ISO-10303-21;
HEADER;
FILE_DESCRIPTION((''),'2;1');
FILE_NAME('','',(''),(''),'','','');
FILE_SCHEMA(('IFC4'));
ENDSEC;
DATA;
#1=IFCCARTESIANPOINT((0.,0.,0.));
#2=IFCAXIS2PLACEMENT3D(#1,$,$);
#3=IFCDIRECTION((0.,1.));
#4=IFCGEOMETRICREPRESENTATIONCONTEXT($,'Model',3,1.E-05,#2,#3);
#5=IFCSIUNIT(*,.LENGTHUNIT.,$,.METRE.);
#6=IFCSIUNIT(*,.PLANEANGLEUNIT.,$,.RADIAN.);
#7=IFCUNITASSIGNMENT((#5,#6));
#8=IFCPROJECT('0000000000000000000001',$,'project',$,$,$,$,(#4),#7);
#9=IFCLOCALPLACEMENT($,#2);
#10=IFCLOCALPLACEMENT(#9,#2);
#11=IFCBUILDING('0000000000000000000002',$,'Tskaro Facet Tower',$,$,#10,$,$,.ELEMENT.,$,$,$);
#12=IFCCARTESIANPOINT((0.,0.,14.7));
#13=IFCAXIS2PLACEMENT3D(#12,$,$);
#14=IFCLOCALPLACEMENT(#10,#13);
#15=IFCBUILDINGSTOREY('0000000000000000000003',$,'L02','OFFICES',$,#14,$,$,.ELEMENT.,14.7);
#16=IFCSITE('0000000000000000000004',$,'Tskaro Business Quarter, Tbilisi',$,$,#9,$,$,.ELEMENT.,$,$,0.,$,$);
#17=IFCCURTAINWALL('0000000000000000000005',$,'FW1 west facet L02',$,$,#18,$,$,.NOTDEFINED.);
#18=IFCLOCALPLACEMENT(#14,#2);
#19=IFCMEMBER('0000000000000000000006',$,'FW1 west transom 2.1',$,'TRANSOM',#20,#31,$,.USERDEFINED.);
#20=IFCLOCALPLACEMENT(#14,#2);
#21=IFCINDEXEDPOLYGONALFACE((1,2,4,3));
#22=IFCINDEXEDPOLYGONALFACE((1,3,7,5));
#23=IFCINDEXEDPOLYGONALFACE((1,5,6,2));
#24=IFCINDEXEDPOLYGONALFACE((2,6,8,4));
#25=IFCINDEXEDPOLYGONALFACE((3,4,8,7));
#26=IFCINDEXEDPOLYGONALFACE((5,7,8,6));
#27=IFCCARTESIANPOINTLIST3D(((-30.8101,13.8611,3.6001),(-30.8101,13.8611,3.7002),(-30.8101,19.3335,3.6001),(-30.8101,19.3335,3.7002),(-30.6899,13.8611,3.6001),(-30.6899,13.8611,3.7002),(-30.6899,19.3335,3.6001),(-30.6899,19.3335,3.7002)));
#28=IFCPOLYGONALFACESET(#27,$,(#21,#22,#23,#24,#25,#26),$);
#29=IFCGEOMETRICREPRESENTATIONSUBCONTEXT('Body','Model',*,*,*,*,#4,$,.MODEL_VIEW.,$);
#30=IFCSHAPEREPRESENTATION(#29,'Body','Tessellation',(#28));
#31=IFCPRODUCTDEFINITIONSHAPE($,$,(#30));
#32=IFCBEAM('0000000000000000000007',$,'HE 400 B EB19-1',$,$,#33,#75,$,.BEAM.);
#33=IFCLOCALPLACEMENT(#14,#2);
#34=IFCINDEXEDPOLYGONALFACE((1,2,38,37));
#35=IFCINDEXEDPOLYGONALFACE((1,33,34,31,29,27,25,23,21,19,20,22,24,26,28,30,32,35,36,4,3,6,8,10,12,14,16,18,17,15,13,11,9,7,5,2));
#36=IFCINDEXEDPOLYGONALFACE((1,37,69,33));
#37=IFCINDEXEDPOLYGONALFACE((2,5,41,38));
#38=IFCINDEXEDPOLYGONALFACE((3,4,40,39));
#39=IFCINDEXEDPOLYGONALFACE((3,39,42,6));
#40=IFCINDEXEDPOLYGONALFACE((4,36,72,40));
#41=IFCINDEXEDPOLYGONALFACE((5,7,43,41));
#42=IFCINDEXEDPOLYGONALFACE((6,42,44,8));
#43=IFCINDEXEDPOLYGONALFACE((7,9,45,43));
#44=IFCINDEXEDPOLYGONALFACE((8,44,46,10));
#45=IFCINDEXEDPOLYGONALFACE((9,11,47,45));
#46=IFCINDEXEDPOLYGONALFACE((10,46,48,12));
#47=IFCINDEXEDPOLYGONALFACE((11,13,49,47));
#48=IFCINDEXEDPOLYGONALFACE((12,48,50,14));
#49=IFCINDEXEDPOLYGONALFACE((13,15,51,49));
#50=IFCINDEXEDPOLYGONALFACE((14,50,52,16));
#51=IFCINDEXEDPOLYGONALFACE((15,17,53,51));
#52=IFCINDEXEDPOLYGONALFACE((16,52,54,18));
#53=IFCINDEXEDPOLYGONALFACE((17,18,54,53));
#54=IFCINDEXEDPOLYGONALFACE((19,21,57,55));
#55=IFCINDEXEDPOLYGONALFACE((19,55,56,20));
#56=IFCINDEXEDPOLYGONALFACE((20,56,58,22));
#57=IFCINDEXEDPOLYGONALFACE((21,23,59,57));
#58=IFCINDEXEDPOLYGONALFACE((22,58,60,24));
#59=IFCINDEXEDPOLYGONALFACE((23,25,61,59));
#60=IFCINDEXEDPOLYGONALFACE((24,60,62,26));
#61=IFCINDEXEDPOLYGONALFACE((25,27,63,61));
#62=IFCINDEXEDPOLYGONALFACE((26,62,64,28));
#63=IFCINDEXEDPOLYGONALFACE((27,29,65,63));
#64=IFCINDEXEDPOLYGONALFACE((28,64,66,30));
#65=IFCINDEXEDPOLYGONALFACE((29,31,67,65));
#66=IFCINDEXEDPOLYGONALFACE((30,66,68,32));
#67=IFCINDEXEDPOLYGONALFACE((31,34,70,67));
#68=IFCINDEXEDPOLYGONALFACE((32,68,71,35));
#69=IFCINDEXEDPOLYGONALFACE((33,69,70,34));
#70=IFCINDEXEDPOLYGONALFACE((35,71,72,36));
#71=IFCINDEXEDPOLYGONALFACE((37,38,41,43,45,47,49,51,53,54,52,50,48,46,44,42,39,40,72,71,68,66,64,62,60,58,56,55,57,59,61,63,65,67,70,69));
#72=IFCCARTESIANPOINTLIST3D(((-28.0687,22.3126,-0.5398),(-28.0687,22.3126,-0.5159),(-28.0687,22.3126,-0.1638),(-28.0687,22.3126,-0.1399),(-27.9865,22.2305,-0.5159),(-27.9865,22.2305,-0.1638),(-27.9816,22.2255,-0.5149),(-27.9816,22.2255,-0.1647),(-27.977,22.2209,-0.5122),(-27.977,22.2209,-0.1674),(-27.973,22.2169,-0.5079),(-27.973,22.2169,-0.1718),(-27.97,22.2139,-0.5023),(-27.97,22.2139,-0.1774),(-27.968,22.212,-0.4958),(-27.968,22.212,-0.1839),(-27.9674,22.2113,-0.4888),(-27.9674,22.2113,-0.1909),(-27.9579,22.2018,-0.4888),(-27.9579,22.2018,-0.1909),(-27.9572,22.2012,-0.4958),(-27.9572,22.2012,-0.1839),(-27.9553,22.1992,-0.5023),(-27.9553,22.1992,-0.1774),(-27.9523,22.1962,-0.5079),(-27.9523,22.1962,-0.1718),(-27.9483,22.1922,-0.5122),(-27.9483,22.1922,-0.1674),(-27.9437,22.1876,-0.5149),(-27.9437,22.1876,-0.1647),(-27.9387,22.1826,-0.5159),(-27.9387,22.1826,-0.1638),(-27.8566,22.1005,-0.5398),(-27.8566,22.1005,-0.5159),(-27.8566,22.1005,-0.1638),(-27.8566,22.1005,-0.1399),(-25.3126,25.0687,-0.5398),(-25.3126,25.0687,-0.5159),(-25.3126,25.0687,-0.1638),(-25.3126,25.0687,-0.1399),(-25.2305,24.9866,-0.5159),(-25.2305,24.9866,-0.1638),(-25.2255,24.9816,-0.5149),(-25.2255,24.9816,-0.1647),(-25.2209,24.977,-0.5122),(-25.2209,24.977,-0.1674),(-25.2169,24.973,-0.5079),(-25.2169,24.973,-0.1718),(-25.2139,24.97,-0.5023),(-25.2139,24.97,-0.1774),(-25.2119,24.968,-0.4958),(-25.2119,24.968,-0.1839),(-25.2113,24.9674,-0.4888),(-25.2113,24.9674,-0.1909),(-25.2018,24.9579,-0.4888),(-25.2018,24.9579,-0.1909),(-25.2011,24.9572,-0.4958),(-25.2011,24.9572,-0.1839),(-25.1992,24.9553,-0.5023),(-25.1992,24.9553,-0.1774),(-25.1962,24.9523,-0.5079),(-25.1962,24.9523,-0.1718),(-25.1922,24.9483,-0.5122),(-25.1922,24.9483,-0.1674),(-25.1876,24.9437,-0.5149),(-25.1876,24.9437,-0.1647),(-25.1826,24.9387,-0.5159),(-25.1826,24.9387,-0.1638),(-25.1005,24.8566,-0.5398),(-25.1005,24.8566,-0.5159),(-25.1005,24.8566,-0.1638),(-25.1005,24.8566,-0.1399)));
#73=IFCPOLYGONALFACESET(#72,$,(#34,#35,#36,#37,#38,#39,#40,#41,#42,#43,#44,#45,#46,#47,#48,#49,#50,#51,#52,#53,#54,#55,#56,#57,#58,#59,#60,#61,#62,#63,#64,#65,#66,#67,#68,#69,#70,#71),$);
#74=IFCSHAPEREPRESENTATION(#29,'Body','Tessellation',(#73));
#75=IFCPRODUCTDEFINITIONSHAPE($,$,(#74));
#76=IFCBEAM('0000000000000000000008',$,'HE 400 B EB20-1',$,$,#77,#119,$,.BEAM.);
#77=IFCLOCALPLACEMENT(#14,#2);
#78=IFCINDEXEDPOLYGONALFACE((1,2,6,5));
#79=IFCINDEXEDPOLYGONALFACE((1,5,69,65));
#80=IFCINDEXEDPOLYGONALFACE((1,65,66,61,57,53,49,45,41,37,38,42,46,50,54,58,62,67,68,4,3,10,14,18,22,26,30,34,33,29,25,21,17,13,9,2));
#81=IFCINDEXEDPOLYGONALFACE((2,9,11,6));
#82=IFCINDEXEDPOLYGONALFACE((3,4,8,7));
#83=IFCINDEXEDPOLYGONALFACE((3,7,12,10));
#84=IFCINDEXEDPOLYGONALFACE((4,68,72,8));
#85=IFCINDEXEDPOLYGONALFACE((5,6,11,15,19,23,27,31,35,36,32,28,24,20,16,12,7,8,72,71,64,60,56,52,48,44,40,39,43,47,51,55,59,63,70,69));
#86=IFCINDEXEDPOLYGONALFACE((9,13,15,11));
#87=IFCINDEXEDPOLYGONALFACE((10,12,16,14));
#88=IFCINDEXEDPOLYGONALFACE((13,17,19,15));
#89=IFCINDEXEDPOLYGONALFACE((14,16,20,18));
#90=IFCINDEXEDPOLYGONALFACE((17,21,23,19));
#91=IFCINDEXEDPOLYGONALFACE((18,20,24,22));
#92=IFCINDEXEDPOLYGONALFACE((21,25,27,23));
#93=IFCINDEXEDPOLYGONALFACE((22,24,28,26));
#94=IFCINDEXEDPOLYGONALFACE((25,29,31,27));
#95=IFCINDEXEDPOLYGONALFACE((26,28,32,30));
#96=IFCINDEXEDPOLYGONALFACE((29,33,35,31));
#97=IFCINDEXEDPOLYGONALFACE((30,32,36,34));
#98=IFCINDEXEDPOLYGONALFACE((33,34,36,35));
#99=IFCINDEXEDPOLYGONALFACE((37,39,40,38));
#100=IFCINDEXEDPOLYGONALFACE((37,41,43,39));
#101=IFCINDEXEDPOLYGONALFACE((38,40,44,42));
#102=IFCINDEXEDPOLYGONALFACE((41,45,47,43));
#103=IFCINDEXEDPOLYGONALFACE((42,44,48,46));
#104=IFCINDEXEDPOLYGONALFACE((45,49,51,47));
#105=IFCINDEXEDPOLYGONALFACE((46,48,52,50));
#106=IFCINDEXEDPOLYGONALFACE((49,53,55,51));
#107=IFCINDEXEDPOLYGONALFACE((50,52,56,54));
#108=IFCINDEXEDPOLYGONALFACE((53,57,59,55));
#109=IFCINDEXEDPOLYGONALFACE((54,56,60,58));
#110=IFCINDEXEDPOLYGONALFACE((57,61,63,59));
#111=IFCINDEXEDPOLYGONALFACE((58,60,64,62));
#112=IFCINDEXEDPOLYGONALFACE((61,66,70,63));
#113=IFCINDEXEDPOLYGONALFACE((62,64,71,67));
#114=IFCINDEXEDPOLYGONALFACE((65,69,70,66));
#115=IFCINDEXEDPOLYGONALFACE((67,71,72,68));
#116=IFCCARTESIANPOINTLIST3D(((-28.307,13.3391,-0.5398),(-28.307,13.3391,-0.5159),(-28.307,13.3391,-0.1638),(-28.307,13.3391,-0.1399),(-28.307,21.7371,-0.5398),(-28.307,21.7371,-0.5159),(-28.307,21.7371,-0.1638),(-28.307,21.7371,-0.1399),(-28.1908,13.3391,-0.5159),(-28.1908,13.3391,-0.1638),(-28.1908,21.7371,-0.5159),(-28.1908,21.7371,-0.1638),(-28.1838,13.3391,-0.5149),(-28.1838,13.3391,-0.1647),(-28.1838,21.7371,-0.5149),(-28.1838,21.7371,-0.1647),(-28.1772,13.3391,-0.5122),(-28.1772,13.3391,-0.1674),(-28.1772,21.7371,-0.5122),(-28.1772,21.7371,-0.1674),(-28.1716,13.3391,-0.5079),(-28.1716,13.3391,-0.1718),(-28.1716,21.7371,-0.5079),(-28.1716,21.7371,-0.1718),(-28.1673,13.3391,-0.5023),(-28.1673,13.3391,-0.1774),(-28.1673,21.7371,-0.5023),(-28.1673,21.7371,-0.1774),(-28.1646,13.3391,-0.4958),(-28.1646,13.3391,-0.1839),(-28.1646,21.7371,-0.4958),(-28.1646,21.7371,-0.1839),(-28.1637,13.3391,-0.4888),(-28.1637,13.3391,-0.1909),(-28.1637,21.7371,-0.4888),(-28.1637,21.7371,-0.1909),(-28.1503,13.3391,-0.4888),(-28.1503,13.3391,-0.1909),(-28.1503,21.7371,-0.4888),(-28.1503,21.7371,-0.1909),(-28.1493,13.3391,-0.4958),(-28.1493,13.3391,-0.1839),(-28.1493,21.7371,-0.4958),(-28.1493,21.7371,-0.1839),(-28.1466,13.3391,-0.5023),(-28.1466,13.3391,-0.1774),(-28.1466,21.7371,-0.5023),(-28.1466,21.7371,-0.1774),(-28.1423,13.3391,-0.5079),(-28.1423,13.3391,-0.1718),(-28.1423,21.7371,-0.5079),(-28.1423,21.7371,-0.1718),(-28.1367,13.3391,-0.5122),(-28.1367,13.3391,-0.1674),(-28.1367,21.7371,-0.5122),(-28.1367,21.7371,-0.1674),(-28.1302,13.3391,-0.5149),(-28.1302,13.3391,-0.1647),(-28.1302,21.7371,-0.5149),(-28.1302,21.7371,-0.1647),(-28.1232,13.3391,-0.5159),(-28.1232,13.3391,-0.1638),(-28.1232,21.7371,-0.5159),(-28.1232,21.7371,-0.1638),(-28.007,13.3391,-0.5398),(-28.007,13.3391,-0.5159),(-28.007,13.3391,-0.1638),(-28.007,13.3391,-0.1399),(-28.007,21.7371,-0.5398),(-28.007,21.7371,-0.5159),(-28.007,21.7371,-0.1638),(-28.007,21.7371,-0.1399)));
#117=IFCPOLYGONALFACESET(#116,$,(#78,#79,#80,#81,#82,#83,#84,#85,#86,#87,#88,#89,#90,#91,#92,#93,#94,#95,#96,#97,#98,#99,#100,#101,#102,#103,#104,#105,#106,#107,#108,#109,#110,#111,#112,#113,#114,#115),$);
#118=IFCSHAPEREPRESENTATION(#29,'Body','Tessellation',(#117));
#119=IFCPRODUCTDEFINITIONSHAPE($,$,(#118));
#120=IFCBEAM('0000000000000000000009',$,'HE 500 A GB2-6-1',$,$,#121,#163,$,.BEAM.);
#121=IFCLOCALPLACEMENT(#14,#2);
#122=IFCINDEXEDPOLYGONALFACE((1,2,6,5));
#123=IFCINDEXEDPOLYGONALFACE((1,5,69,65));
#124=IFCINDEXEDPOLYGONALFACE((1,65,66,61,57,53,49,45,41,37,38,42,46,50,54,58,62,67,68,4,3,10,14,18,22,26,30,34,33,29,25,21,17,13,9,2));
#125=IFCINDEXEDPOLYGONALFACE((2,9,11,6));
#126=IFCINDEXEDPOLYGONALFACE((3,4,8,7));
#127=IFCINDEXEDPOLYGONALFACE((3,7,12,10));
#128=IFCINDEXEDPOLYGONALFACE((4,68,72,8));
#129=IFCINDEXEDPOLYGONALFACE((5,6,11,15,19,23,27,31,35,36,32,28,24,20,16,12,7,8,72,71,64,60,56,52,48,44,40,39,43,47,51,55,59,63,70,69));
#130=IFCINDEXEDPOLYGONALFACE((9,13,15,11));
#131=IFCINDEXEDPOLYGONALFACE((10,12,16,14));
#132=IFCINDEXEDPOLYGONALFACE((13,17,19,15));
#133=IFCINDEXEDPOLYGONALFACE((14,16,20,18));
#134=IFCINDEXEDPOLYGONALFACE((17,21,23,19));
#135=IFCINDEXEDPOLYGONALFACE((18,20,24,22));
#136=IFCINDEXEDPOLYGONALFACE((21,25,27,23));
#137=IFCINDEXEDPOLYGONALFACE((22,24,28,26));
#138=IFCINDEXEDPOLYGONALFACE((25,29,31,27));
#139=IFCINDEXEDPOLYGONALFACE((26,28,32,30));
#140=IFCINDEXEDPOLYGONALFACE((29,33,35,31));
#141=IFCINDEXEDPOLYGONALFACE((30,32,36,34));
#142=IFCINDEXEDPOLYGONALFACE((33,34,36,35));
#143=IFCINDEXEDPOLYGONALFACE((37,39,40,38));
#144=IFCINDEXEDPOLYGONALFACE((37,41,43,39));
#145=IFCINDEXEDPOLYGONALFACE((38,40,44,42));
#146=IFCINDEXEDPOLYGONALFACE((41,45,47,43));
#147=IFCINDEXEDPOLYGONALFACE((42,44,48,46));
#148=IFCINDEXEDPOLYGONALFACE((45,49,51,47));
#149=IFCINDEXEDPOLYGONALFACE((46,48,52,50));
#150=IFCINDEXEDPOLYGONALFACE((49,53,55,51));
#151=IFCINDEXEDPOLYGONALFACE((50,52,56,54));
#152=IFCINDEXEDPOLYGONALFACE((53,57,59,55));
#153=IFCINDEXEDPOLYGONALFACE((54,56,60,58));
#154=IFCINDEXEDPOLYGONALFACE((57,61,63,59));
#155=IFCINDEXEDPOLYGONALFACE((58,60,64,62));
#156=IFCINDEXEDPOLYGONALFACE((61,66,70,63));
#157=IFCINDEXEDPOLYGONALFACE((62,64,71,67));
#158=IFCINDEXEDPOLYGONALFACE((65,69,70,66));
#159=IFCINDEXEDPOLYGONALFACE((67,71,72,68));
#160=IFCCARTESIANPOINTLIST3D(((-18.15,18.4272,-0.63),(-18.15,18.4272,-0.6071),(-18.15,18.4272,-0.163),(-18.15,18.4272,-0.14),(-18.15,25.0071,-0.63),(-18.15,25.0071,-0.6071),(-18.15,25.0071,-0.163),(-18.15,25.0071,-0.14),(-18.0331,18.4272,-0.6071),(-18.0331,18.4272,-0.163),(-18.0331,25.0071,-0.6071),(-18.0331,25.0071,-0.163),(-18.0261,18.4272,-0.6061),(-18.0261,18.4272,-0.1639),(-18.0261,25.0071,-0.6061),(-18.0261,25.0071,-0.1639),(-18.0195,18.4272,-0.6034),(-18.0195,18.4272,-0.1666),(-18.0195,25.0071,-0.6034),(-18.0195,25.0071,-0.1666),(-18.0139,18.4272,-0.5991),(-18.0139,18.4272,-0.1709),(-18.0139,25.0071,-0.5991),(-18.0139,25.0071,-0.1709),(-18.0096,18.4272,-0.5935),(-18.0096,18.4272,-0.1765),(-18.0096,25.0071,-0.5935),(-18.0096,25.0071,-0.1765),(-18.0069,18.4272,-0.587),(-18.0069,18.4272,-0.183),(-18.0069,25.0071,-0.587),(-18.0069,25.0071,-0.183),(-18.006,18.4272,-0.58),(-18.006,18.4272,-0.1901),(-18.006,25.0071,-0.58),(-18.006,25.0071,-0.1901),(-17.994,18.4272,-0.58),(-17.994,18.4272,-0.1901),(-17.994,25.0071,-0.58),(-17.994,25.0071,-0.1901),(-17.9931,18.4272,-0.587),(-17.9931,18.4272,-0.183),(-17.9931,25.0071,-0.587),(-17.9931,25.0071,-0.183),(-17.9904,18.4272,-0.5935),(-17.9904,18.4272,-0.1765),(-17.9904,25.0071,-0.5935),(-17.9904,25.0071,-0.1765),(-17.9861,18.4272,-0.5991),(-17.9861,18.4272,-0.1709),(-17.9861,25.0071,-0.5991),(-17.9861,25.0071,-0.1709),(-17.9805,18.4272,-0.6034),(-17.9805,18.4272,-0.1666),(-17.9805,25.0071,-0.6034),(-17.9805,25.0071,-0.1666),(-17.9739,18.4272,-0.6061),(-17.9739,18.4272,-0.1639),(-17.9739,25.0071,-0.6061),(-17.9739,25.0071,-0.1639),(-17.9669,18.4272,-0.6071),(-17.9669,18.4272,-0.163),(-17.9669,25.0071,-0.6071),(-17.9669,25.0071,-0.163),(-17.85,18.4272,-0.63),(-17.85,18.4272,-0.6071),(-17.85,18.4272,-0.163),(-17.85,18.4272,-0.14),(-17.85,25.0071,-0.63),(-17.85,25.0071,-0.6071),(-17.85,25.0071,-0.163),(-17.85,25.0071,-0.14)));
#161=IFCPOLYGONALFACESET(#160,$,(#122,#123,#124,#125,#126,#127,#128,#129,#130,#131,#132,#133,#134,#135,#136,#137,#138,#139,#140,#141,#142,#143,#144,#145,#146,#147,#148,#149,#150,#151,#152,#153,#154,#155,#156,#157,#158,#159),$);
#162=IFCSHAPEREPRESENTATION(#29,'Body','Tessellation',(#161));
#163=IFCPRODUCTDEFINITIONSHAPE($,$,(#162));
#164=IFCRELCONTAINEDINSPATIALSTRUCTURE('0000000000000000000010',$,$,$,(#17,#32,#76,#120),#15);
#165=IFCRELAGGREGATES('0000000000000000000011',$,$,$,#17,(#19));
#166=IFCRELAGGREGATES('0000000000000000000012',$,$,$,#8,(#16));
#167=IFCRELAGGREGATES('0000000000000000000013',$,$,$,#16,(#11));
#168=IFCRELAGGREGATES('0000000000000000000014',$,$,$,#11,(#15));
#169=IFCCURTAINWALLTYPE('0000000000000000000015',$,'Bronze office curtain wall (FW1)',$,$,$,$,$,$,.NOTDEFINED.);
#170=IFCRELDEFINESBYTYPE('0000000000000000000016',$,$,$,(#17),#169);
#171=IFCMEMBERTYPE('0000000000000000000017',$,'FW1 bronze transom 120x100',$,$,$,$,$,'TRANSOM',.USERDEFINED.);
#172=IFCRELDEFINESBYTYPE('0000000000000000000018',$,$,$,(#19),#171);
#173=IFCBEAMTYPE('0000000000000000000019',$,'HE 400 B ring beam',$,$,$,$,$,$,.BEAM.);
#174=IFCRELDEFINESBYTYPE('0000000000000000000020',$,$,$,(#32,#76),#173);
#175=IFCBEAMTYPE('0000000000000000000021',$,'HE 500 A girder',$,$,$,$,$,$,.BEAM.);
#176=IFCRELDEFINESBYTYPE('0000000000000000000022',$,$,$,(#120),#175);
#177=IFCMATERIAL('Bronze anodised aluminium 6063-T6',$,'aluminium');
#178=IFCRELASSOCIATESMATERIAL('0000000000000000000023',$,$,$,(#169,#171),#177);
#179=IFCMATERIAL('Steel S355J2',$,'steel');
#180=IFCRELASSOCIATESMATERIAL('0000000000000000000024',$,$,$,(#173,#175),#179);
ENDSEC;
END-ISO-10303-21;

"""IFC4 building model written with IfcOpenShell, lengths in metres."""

from ifc_helpers import new_model, si_unit, direction, frame, origin, origin_2d, place, context, subcontext, project, spatial, rectangle, i_section, extrude, material, material_profile, profile_set, type_object, element, aggregate, save


model = new_model("IFC4")

# Units and contexts
model_context = context("Model", 3, precision=1e-05, world=origin(), true_north=direction((0.0, 1.0)))
body_context = subcontext(model_context, "Body", "Model", "MODEL_VIEW")
ifc_project = project(units=[si_unit("LENGTHUNIT", "METRE"), si_unit("PLANEANGLEUNIT", "RADIAN")], contexts=[model_context])

# Site, building, storey
site_placement = place(None, origin())
site = spatial("IfcSite", under=ifc_project, at=site_placement, Name="Tskaro Business Quarter, Tbilisi", CompositionType="ELEMENT", RefElevation=0.0)
building_placement = place(site_placement, origin())
building = spatial("IfcBuilding", under=site, at=building_placement, Name="Tskaro Facet Tower", CompositionType="ELEMENT")
storey_placement = place(building_placement, frame((0.0, 0.0, 14.7)))
storey = spatial("IfcBuildingStorey", under=building, at=storey_placement, Name="L02", Description="OFFICES", CompositionType="ELEMENT", Elevation=14.7)

# Curtain wall
ifc_material_1 = material(Name="Bronze anodised aluminium 6063-T6", Category="aluminium")
curtain_wall_type = type_object("IfcCurtainWallType", Name="Bronze office curtain wall (FW1)", PredefinedType="NOTDEFINED", material=ifc_material_1)
curtain_wall_1_placement = place(storey_placement, origin())
curtain_wall_1 = element("IfcCurtainWall", 1, at=curtain_wall_1_placement, inside=storey, type_object=curtain_wall_type, Name="FW1 west facet L02", PredefinedType="NOTDEFINED")

# Member
ifc_material_profile_1 = material_profile(ifc_material_1, rectangle(XDim=0.1201, YDim=0.1001, at=origin_2d()), Name="Transom 120x100")
ifc_profile_set_1 = profile_set([ifc_material_profile_1], Name="Bronze anodised aluminium 6063-T6")
member_type_1 = type_object("IfcMemberType", Name="FW1 bronze transom 120x100", ElementType="TRANSOM", PredefinedType="USERDEFINED", material=ifc_profile_set_1)
member_1_placement = place(storey_placement, frame((-30.75, 19.3335, 3.6501), z_axis=(0.0, -1.0, 0.0), x_axis=(1.0, 0.0, 0.0)))
member_1 = element("IfcMember", 2, at=member_1_placement, type_object=member_type_1, Name="FW1 west transom 2.1", ObjectType="TRANSOM", PredefinedType="USERDEFINED", context=body_context, shape_type="SweptSolid", body=[
    extrude(rectangle(XDim=0.1201, YDim=0.1001, at=origin_2d()), origin(), (0.0, 0.0, 1.0), 5.4724),
])

# Beams
ifc_material_2 = material(Name="Steel S355J2", Category="steel")
ifc_material_profile_2 = material_profile(ifc_material_2, i_section(OverallWidth=0.3, OverallDepth=0.3999, WebThickness=0.0134, FlangeThickness=0.0239, FilletRadius=0.0271, at=origin_2d()), Name="HE 400 B")
ifc_profile_set_2 = profile_set([ifc_material_profile_2], Name="Steel S355J2")
beam_type_1 = type_object("IfcBeamType", Name="HE 400 B ring beam", PredefinedType="BEAM", material=ifc_profile_set_2)
beam_1_placement = place(storey_placement, frame((-25.2065, 24.9626, -0.3398), z_axis=(-0.707107, -0.707107, 0.0), x_axis=(0.707107, -0.707107, 0.0)))
element("IfcBeam", 3, at=beam_1_placement, inside=storey, type_object=beam_type_1, Name="HE 400 B EB19-1", PredefinedType="BEAM", context=body_context, shape_type="SweptSolid", body=[
    extrude(i_section(OverallWidth=0.3, OverallDepth=0.3999, WebThickness=0.0134, FlangeThickness=0.0239, FilletRadius=0.0271, at=origin_2d()), origin(), (0.0, 0.0, 1.0), 3.8977),
])
beam_2_placement = place(storey_placement, frame((-28.157, 21.7371, -0.3398), z_axis=(0.0, -1.0, 0.0), x_axis=(1.0, 0.0, 0.0)))
element("IfcBeam", 4, at=beam_2_placement, inside=storey, type_object=beam_type_1, Name="HE 400 B EB20-1", PredefinedType="BEAM", context=body_context, shape_type="SweptSolid", body=[
    extrude(i_section(OverallWidth=0.3, OverallDepth=0.3999, WebThickness=0.0134, FlangeThickness=0.0239, FilletRadius=0.0271, at=origin_2d()), origin(), (0.0, 0.0, 1.0), 8.3979),
])
ifc_material_profile_3 = material_profile(ifc_material_2, i_section(OverallWidth=0.3, OverallDepth=0.49, WebThickness=0.012, FlangeThickness=0.0229, FilletRadius=0.0271, at=origin_2d()), Name="HE 500 A")
ifc_profile_set_3 = profile_set([ifc_material_profile_3], Name="Steel S355J2")
beam_type_2 = type_object("IfcBeamType", Name="HE 500 A girder", PredefinedType="BEAM", material=ifc_profile_set_3)
beam_3_placement = place(storey_placement, frame((-18.0, 18.4272, -0.385), z_axis=(0.0, 1.0, 0.0), x_axis=(-1.0, 0.0, 0.0)))
element("IfcBeam", 5, at=beam_3_placement, inside=storey, type_object=beam_type_2, Name="HE 500 A GB2-6-1", PredefinedType="BEAM", context=body_context, shape_type="SweptSolid", body=[
    extrude(i_section(OverallWidth=0.3, OverallDepth=0.49, WebThickness=0.012, FlangeThickness=0.0229, FilletRadius=0.0271, at=origin_2d()), origin(), (0.0, 0.0, 1.0), 6.5798),
])

aggregate(curtain_wall_1, [member_1])

save(model, "model.ifc")
